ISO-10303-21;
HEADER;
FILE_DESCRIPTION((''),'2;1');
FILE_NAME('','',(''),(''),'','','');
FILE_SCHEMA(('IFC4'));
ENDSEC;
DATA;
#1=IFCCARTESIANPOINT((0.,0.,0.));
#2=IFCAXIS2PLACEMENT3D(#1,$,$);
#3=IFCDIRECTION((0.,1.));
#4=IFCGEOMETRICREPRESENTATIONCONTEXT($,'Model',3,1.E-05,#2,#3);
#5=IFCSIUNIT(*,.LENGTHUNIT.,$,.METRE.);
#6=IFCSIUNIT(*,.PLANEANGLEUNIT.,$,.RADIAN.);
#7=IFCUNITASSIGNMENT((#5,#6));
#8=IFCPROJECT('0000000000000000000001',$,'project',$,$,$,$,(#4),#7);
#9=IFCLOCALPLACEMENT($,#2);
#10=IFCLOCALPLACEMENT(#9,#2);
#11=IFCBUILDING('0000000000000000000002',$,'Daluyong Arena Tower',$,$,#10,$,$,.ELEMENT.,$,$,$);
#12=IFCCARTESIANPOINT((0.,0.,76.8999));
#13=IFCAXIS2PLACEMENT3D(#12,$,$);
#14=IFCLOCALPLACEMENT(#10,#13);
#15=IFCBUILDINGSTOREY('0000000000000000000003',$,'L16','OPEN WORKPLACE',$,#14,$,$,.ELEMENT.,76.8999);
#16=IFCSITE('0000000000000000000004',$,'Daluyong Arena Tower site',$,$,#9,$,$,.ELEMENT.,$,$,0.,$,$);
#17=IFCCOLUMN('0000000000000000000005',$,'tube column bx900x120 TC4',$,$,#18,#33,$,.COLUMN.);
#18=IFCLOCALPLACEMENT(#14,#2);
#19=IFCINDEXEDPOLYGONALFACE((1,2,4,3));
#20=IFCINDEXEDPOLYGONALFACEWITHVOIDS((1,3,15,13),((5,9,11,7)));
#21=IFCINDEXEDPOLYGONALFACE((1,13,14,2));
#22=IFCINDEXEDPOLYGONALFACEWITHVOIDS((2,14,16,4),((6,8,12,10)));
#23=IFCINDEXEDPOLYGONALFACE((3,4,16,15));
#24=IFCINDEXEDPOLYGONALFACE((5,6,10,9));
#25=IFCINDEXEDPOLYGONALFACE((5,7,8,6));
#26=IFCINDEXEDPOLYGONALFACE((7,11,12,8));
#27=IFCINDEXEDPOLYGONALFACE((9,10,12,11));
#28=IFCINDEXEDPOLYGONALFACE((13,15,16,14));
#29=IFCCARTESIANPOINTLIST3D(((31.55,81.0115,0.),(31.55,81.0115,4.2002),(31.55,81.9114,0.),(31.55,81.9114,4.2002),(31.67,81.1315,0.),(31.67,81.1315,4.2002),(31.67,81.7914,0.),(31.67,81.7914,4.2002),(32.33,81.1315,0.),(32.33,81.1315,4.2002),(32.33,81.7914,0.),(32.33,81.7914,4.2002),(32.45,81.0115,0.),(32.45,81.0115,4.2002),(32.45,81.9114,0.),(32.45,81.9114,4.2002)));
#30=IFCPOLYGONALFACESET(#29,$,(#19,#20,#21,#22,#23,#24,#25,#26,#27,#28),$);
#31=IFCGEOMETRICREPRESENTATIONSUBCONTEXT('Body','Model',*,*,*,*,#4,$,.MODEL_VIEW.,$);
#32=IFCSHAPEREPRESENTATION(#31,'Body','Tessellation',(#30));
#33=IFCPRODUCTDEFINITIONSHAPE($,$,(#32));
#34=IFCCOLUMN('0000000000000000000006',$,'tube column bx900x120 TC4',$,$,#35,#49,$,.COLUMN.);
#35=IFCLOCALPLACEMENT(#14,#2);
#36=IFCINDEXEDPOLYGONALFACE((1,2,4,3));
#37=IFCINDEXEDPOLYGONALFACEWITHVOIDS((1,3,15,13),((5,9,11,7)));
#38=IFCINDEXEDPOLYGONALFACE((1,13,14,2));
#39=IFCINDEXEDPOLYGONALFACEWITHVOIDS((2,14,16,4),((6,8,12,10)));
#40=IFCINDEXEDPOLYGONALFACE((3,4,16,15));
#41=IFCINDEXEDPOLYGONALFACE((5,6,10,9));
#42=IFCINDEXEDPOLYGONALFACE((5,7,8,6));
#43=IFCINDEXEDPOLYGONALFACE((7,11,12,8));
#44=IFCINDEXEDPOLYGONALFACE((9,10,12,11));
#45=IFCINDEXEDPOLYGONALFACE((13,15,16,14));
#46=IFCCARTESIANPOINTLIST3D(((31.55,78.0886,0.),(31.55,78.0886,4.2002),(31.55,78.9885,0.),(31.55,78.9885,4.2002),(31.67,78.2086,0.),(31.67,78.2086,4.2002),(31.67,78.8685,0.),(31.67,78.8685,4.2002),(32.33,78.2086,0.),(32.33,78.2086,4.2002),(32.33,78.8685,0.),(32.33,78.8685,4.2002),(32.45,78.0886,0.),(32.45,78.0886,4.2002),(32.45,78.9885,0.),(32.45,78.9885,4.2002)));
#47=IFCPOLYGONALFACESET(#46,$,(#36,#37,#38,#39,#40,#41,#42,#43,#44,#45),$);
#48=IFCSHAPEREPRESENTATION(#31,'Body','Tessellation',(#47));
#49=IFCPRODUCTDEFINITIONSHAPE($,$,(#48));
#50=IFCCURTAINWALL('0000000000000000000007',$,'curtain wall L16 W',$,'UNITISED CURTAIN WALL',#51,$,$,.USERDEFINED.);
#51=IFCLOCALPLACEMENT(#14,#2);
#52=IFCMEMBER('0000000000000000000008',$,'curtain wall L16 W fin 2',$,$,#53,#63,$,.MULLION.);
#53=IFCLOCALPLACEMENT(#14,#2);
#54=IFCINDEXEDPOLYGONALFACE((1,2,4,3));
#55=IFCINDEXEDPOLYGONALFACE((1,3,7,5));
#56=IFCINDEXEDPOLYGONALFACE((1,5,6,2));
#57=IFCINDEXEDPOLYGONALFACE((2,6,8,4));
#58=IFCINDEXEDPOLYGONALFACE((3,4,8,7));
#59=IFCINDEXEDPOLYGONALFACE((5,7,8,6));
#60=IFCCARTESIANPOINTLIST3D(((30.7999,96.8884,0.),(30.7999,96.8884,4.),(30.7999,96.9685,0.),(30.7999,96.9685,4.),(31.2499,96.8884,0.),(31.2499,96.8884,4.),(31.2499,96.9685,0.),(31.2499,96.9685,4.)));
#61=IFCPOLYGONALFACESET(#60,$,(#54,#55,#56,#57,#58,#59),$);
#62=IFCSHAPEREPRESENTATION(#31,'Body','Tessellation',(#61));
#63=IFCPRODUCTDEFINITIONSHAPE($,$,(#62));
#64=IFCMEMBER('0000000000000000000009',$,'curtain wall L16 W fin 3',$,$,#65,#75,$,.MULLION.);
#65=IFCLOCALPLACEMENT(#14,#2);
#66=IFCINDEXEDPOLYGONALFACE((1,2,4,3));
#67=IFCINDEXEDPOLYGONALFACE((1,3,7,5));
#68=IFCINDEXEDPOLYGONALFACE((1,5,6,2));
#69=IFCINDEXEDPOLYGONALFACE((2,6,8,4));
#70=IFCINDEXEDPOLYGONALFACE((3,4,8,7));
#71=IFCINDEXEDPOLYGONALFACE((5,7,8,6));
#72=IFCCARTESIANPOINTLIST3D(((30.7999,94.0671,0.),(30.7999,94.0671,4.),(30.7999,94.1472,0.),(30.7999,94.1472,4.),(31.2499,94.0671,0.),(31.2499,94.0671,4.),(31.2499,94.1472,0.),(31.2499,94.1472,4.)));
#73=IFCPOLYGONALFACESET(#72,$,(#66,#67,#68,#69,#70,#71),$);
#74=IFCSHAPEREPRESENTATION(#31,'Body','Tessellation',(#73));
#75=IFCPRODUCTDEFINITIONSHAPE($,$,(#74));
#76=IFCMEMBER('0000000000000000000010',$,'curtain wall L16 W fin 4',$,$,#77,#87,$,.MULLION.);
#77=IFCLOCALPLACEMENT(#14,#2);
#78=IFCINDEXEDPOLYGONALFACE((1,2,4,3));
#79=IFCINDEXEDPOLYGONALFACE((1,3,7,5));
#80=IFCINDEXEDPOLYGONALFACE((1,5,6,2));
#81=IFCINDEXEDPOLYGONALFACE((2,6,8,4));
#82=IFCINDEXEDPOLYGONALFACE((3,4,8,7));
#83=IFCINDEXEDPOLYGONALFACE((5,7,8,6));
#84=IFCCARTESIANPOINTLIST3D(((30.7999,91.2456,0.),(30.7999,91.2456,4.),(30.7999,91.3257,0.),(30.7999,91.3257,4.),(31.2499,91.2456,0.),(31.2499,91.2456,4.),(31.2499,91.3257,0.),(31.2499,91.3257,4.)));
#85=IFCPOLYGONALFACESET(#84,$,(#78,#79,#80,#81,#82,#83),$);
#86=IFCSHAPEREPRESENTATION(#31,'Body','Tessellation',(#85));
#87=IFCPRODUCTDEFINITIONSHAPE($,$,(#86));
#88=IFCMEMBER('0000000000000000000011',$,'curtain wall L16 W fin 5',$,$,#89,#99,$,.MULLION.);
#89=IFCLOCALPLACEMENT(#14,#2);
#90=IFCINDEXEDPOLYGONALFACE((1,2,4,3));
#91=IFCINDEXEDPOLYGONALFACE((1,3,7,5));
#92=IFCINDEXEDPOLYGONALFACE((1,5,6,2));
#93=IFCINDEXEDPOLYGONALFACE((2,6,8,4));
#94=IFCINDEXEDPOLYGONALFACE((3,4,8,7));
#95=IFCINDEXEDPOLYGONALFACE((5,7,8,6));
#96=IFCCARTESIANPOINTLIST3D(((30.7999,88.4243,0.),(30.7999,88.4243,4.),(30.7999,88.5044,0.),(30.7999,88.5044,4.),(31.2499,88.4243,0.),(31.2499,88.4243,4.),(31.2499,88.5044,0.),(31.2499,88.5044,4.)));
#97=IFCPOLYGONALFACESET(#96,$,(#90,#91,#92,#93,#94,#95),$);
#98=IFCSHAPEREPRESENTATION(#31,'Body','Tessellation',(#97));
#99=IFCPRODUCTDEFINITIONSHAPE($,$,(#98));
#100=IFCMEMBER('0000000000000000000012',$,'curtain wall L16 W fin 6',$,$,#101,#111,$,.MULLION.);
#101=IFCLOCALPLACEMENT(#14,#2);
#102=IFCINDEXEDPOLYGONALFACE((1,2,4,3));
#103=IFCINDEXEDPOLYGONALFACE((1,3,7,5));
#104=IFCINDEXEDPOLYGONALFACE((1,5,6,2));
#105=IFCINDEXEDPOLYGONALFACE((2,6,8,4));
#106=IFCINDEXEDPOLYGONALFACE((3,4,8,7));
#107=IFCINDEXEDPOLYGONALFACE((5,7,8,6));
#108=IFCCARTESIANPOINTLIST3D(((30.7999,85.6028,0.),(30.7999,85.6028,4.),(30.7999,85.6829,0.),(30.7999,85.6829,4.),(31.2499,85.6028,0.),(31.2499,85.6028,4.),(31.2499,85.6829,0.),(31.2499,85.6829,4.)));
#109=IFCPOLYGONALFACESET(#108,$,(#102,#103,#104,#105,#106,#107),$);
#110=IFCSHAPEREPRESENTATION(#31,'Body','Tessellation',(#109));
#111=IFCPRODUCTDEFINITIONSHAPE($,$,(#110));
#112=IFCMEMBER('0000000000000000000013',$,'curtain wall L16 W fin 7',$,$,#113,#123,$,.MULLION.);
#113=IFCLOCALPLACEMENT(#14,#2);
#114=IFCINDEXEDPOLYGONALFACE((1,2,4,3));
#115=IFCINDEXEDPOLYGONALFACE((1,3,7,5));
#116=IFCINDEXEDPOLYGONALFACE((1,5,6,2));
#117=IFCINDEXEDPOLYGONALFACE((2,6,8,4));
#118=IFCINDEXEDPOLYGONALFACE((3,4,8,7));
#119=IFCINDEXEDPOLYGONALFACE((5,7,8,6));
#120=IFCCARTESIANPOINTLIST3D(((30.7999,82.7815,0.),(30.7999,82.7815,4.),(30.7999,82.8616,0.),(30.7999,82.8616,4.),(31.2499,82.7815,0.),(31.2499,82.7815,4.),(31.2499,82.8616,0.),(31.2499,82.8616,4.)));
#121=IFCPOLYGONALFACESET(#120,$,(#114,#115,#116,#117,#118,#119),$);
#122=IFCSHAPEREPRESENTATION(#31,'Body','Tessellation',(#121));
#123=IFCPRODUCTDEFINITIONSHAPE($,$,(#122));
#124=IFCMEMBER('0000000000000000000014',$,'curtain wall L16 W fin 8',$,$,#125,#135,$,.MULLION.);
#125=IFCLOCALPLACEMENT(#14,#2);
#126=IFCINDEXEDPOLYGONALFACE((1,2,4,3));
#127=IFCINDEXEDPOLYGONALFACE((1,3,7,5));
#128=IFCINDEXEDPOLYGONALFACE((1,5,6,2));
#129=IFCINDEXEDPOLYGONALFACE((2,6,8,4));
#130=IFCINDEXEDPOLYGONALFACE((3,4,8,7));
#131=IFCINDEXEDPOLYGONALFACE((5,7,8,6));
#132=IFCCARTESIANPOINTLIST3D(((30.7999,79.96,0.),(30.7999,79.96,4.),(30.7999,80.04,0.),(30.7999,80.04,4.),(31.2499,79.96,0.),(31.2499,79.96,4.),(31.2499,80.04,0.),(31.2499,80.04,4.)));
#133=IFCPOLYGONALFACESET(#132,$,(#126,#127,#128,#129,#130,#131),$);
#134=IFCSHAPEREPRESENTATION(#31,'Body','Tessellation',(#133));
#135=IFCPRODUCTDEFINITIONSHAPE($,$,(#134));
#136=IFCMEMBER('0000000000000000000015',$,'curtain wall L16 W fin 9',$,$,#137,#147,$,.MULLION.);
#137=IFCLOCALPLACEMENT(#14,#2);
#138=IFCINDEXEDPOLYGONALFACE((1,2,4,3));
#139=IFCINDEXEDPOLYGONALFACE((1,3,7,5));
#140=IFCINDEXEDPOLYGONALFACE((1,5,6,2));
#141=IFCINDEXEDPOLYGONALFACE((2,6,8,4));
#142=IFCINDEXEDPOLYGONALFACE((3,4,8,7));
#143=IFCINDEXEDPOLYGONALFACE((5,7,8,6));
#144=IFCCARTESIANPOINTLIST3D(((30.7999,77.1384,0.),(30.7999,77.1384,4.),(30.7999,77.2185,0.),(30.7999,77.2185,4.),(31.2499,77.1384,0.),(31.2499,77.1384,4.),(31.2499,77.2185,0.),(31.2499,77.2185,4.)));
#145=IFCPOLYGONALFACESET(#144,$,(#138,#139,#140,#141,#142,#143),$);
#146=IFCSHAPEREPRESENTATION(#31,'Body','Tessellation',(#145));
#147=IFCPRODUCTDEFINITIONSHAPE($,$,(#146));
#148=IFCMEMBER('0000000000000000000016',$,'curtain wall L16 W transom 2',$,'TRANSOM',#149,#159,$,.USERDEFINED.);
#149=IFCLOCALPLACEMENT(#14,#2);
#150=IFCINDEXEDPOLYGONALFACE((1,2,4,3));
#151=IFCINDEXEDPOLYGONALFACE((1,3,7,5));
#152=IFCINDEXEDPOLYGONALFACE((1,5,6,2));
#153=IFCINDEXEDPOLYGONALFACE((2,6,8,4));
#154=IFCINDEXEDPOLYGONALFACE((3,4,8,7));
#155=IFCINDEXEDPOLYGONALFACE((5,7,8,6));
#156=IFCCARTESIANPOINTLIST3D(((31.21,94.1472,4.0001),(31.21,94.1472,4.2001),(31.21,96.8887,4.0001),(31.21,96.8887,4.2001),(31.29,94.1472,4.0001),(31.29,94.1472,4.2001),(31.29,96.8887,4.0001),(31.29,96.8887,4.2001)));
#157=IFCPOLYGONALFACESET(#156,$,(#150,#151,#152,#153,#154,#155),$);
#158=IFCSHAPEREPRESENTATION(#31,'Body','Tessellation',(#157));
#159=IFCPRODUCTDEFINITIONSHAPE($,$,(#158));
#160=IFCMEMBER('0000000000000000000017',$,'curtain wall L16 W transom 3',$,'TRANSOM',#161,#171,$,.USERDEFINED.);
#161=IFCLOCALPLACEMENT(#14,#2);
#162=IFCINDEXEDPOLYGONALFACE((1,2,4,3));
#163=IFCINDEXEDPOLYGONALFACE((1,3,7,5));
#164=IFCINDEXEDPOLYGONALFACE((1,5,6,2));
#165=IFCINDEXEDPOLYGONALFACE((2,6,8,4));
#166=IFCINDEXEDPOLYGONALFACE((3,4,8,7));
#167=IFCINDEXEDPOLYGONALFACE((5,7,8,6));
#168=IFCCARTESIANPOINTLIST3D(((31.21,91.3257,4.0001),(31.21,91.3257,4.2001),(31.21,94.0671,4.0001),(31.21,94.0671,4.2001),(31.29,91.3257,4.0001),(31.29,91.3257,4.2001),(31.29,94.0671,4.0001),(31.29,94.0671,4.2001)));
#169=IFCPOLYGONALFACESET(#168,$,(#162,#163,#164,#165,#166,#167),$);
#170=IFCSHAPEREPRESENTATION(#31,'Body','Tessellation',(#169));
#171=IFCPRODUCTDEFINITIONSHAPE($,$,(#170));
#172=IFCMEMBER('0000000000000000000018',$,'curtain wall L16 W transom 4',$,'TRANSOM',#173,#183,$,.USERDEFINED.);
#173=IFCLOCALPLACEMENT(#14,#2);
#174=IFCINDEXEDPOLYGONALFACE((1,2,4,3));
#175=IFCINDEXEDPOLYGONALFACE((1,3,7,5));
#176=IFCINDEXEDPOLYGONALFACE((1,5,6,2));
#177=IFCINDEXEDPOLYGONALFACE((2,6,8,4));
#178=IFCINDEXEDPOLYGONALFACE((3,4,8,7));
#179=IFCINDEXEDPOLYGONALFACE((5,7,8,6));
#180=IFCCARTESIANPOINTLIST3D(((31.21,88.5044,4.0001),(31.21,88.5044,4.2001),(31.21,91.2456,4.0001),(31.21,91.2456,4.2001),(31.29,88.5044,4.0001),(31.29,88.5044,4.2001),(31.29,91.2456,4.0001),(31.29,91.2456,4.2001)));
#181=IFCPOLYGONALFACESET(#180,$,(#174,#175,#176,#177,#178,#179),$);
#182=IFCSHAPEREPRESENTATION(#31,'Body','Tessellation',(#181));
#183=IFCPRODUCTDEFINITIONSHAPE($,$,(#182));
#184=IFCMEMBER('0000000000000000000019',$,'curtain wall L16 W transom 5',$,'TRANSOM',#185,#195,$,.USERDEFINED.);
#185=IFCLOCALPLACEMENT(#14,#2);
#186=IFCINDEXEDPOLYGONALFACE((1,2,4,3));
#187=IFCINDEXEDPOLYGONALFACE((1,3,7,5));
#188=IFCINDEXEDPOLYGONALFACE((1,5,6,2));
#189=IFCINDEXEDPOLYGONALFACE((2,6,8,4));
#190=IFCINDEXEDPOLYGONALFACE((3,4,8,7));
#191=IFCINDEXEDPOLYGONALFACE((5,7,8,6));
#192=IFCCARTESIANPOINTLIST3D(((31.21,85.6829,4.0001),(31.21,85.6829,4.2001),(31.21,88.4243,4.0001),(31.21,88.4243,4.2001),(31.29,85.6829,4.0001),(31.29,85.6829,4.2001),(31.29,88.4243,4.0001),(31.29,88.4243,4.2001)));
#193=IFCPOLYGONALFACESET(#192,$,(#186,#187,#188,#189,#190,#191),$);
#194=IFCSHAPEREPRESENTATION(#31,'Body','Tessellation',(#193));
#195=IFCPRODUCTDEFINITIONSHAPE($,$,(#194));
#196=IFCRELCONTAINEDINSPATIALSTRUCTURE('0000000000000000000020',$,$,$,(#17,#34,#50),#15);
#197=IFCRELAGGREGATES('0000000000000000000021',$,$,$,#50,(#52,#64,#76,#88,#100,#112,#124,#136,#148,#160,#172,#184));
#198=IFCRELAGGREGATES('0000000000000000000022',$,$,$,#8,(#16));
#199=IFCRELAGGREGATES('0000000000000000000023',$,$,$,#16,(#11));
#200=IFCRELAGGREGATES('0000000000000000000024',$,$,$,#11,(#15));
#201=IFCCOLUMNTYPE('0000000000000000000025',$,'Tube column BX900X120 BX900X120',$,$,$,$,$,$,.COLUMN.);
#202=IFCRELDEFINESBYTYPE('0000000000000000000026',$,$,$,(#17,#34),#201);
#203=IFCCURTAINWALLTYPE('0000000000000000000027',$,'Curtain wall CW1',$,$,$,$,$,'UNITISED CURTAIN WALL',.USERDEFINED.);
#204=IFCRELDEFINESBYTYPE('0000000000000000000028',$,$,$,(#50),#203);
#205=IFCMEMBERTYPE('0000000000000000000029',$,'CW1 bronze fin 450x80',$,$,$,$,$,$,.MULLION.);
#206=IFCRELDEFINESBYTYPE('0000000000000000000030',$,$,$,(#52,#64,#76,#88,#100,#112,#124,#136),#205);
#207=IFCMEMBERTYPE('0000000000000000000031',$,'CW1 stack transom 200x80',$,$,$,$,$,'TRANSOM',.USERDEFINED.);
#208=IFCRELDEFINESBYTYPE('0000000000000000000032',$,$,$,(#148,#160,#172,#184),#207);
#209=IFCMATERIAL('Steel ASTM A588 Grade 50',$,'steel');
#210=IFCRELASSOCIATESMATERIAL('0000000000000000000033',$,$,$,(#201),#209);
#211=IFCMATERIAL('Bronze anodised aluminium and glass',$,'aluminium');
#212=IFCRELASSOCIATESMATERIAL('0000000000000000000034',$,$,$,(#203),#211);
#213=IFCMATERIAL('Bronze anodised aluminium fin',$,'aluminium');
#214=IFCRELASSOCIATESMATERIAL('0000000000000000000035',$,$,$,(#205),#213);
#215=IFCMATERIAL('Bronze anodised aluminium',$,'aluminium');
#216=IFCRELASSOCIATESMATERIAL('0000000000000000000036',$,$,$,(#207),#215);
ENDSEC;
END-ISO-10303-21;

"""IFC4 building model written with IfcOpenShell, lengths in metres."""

from ifc_helpers import new_model, si_unit, direction, frame, origin, origin_2d, place, context, subcontext, project, spatial, rectangle, hollow_rectangle, extrude, material, material_profile, profile_set, type_object, element, aggregate, save


model = new_model("IFC4")

# Units and contexts
model_context = context("Model", 3, precision=1e-05, world=origin(), true_north=direction((0.0, 1.0)))
body_context = subcontext(model_context, "Body", "Model", "MODEL_VIEW")
ifc_project = project(units=[si_unit("LENGTHUNIT", "METRE"), si_unit("PLANEANGLEUNIT", "RADIAN")], contexts=[model_context])

# Site, building, storey
site_placement = place(None, origin())
site = spatial("IfcSite", under=ifc_project, at=site_placement, Name="Daluyong Arena Tower site", CompositionType="ELEMENT", RefElevation=0.0)
building_placement = place(site_placement, origin())
building = spatial("IfcBuilding", under=site, at=building_placement, Name="Daluyong Arena Tower", CompositionType="ELEMENT")
storey_placement = place(building_placement, frame((0.0, 0.0, 76.8999)))
storey = spatial("IfcBuildingStorey", under=building, at=storey_placement, Name="L16", Description="OPEN WORKPLACE", CompositionType="ELEMENT", Elevation=76.8999)

# Columns
ifc_material_1 = material(Name="Steel ASTM A588 Grade 50", Category="steel")
ifc_material_profile_1 = material_profile(ifc_material_1, hollow_rectangle(XDim=0.8999, YDim=0.8999, WallThickness=0.12, at=origin_2d()))
ifc_profile_set_1 = profile_set([ifc_material_profile_1], Name="Steel ASTM A588 Grade 50")
column_type = type_object("IfcColumnType", Name="Tube column BX900X120 BX900X120", PredefinedType="COLUMN", material=ifc_profile_set_1)
for number, where, z_axis, x_axis, name in (
    (1, (32.0, 81.4614, 0.0), (0.0, 0.0, 1.0), (0.0, 1.0, 0.0), "tube column bx900x120 TC4"),
    (2, (32.0, 78.5386, 0.0), (0.0, 0.0, 1.0), (0.0, 1.0, 0.0), "tube column bx900x120 TC4"),
):
    element("IfcColumn", number, at=place(storey_placement, frame(where, z_axis=z_axis, x_axis=x_axis)), inside=storey, type_object=column_type, Name=name, PredefinedType="COLUMN", context=body_context, shape_type="SweptSolid", body=[
        extrude(hollow_rectangle(XDim=0.8999, YDim=0.8999, WallThickness=0.12, at=origin_2d()), origin(), (0.0, 0.0, 1.0), 4.2002),
    ])

# Curtain wall, members
ifc_material_2 = material(Name="Bronze anodised aluminium and glass", Category="aluminium")
curtain_wall_type = type_object("IfcCurtainWallType", Name="Curtain wall CW1", ElementType="UNITISED CURTAIN WALL", PredefinedType="USERDEFINED", material=ifc_material_2)
curtain_wall_placement = place(storey_placement, origin())
curtain_wall = element("IfcCurtainWall", 3, at=curtain_wall_placement, inside=storey, type_object=curtain_wall_type, Name="curtain wall L16 W", ObjectType="UNITISED CURTAIN WALL", PredefinedType="USERDEFINED")
ifc_material_3 = material(Name="Bronze anodised aluminium fin", Category="aluminium")
ifc_material_profile_2 = material_profile(ifc_material_3, rectangle(XDim=0.45, YDim=0.0801, at=origin_2d()))
ifc_profile_set_2 = profile_set([ifc_material_profile_2], Name="Bronze anodised aluminium fin")
member_type_1 = type_object("IfcMemberType", Name="CW1 bronze fin 450x80", PredefinedType="MULLION", material=ifc_profile_set_2)
member_1_placement = place(storey_placement, frame((31.0249, 96.9285, 0.0), z_axis=(0.0, 0.0, 1.0), x_axis=(1.0, 0.0, 0.0)))
member_1 = element("IfcMember", 4, at=member_1_placement, type_object=member_type_1, Name="curtain wall L16 W fin 2", PredefinedType="MULLION", context=body_context, shape_type="SweptSolid", body=[
    extrude(rectangle(XDim=0.45, YDim=0.0801, at=origin_2d()), origin(), (0.0, 0.0, 1.0), 4.0),
])
member_2_placement = place(storey_placement, frame((31.0249, 94.1072, 0.0), z_axis=(0.0, 0.0, 1.0), x_axis=(1.0, 0.0, 0.0)))
member_2 = element("IfcMember", 5, at=member_2_placement, type_object=member_type_1, Name="curtain wall L16 W fin 3", PredefinedType="MULLION", context=body_context, shape_type="SweptSolid", body=[
    extrude(rectangle(XDim=0.45, YDim=0.0801, at=origin_2d()), origin(), (0.0, 0.0, 1.0), 4.0),
])
member_3_placement = place(storey_placement, frame((31.0249, 91.2856, 0.0), z_axis=(0.0, 0.0, 1.0), x_axis=(1.0, 0.0, 0.0)))
member_3 = element("IfcMember", 6, at=member_3_placement, type_object=member_type_1, Name="curtain wall L16 W fin 4", PredefinedType="MULLION", context=body_context, shape_type="SweptSolid", body=[
    extrude(rectangle(XDim=0.45, YDim=0.0801, at=origin_2d()), origin(), (0.0, 0.0, 1.0), 4.0),
])
member_4_placement = place(storey_placement, frame((31.0249, 88.4644, 0.0), z_axis=(0.0, 0.0, 1.0), x_axis=(1.0, 0.0, 0.0)))
member_4 = element("IfcMember", 7, at=member_4_placement, type_object=member_type_1, Name="curtain wall L16 W fin 5", PredefinedType="MULLION", context=body_context, shape_type="SweptSolid", body=[
    extrude(rectangle(XDim=0.45, YDim=0.0801, at=origin_2d()), origin(), (0.0, 0.0, 1.0), 4.0),
])
member_5_placement = place(storey_placement, frame((31.0249, 85.6428, 0.0), z_axis=(0.0, 0.0, 1.0), x_axis=(1.0, 0.0, 0.0)))
member_5 = element("IfcMember", 8, at=member_5_placement, type_object=member_type_1, Name="curtain wall L16 W fin 6", PredefinedType="MULLION", context=body_context, shape_type="SweptSolid", body=[
    extrude(rectangle(XDim=0.45, YDim=0.0801, at=origin_2d()), origin(), (0.0, 0.0, 1.0), 4.0),
])
member_6_placement = place(storey_placement, frame((31.0249, 82.8215, 0.0), z_axis=(0.0, 0.0, 1.0), x_axis=(1.0, 0.0, 0.0)))
member_6 = element("IfcMember", 9, at=member_6_placement, type_object=member_type_1, Name="curtain wall L16 W fin 7", PredefinedType="MULLION", context=body_context, shape_type="SweptSolid", body=[
    extrude(rectangle(XDim=0.45, YDim=0.0801, at=origin_2d()), origin(), (0.0, 0.0, 1.0), 4.0),
])
member_7_placement = place(storey_placement, frame((31.0249, 80.0, 0.0), z_axis=(0.0, 0.0, 1.0), x_axis=(1.0, 0.0, 0.0)))
member_7 = element("IfcMember", 10, at=member_7_placement, type_object=member_type_1, Name="curtain wall L16 W fin 8", PredefinedType="MULLION", context=body_context, shape_type="SweptSolid", body=[
    extrude(rectangle(XDim=0.45, YDim=0.0801, at=origin_2d()), origin(), (0.0, 0.0, 1.0), 4.0),
])
member_8_placement = place(storey_placement, frame((31.0249, 77.1785, 0.0), z_axis=(0.0, 0.0, 1.0), x_axis=(1.0, 0.0, 0.0)))
member_8 = element("IfcMember", 11, at=member_8_placement, type_object=member_type_1, Name="curtain wall L16 W fin 9", PredefinedType="MULLION", context=body_context, shape_type="SweptSolid", body=[
    extrude(rectangle(XDim=0.45, YDim=0.0801, at=origin_2d()), origin(), (0.0, 0.0, 1.0), 4.0),
])
ifc_material_4 = material(Name="Bronze anodised aluminium", Category="aluminium")
ifc_material_profile_3 = material_profile(ifc_material_4, rectangle(XDim=0.0801, YDim=0.2, at=origin_2d()))
ifc_profile_set_3 = profile_set([ifc_material_profile_3], Name="Bronze anodised aluminium")
member_type_2 = type_object("IfcMemberType", Name="CW1 stack transom 200x80", ElementType="TRANSOM", PredefinedType="USERDEFINED", material=ifc_profile_set_3)
member_9_placement = place(storey_placement, frame((31.25, 96.8887, 4.1001), z_axis=(0.0, -1.0, 0.0), x_axis=(1.0, 0.0, 0.0)))
member_9 = element("IfcMember", 12, at=member_9_placement, type_object=member_type_2, Name="curtain wall L16 W transom 2", ObjectType="TRANSOM", PredefinedType="USERDEFINED", context=body_context, shape_type="SweptSolid", body=[
    extrude(rectangle(XDim=0.0801, YDim=0.2, at=origin_2d()), origin(), (0.0, 0.0, 1.0), 2.7415),
])
member_10_placement = place(storey_placement, frame((31.25, 94.0671, 4.1001), z_axis=(0.0, -1.0, 0.0), x_axis=(1.0, 0.0, 0.0)))
member_10 = element("IfcMember", 13, at=member_10_placement, type_object=member_type_2, Name="curtain wall L16 W transom 3", ObjectType="TRANSOM", PredefinedType="USERDEFINED", context=body_context, shape_type="SweptSolid", body=[
    extrude(rectangle(XDim=0.0801, YDim=0.2, at=origin_2d()), origin(), (0.0, 0.0, 1.0), 2.7415),
])
member_11_placement = place(storey_placement, frame((31.25, 91.2456, 4.1001), z_axis=(0.0, -1.0, 0.0), x_axis=(1.0, 0.0, 0.0)))
member_11 = element("IfcMember", 14, at=member_11_placement, type_object=member_type_2, Name="curtain wall L16 W transom 4", ObjectType="TRANSOM", PredefinedType="USERDEFINED", context=body_context, shape_type="SweptSolid", body=[
    extrude(rectangle(XDim=0.0801, YDim=0.2, at=origin_2d()), origin(), (0.0, 0.0, 1.0), 2.7412),
])
member_12_placement = place(storey_placement, frame((31.25, 88.4243, 4.1001), z_axis=(0.0, -1.0, 0.0), x_axis=(1.0, 0.0, 0.0)))
member_12 = element("IfcMember", 15, at=member_12_placement, type_object=member_type_2, Name="curtain wall L16 W transom 5", ObjectType="TRANSOM", PredefinedType="USERDEFINED", context=body_context, shape_type="SweptSolid", body=[
    extrude(rectangle(XDim=0.0801, YDim=0.2, at=origin_2d()), origin(), (0.0, 0.0, 1.0), 2.7415),
])

aggregate(curtain_wall, [member_1, member_2, member_3, member_4, member_5, member_6, member_7, member_8, member_9, member_10, member_11, member_12])

save(model, "model.ifc")
